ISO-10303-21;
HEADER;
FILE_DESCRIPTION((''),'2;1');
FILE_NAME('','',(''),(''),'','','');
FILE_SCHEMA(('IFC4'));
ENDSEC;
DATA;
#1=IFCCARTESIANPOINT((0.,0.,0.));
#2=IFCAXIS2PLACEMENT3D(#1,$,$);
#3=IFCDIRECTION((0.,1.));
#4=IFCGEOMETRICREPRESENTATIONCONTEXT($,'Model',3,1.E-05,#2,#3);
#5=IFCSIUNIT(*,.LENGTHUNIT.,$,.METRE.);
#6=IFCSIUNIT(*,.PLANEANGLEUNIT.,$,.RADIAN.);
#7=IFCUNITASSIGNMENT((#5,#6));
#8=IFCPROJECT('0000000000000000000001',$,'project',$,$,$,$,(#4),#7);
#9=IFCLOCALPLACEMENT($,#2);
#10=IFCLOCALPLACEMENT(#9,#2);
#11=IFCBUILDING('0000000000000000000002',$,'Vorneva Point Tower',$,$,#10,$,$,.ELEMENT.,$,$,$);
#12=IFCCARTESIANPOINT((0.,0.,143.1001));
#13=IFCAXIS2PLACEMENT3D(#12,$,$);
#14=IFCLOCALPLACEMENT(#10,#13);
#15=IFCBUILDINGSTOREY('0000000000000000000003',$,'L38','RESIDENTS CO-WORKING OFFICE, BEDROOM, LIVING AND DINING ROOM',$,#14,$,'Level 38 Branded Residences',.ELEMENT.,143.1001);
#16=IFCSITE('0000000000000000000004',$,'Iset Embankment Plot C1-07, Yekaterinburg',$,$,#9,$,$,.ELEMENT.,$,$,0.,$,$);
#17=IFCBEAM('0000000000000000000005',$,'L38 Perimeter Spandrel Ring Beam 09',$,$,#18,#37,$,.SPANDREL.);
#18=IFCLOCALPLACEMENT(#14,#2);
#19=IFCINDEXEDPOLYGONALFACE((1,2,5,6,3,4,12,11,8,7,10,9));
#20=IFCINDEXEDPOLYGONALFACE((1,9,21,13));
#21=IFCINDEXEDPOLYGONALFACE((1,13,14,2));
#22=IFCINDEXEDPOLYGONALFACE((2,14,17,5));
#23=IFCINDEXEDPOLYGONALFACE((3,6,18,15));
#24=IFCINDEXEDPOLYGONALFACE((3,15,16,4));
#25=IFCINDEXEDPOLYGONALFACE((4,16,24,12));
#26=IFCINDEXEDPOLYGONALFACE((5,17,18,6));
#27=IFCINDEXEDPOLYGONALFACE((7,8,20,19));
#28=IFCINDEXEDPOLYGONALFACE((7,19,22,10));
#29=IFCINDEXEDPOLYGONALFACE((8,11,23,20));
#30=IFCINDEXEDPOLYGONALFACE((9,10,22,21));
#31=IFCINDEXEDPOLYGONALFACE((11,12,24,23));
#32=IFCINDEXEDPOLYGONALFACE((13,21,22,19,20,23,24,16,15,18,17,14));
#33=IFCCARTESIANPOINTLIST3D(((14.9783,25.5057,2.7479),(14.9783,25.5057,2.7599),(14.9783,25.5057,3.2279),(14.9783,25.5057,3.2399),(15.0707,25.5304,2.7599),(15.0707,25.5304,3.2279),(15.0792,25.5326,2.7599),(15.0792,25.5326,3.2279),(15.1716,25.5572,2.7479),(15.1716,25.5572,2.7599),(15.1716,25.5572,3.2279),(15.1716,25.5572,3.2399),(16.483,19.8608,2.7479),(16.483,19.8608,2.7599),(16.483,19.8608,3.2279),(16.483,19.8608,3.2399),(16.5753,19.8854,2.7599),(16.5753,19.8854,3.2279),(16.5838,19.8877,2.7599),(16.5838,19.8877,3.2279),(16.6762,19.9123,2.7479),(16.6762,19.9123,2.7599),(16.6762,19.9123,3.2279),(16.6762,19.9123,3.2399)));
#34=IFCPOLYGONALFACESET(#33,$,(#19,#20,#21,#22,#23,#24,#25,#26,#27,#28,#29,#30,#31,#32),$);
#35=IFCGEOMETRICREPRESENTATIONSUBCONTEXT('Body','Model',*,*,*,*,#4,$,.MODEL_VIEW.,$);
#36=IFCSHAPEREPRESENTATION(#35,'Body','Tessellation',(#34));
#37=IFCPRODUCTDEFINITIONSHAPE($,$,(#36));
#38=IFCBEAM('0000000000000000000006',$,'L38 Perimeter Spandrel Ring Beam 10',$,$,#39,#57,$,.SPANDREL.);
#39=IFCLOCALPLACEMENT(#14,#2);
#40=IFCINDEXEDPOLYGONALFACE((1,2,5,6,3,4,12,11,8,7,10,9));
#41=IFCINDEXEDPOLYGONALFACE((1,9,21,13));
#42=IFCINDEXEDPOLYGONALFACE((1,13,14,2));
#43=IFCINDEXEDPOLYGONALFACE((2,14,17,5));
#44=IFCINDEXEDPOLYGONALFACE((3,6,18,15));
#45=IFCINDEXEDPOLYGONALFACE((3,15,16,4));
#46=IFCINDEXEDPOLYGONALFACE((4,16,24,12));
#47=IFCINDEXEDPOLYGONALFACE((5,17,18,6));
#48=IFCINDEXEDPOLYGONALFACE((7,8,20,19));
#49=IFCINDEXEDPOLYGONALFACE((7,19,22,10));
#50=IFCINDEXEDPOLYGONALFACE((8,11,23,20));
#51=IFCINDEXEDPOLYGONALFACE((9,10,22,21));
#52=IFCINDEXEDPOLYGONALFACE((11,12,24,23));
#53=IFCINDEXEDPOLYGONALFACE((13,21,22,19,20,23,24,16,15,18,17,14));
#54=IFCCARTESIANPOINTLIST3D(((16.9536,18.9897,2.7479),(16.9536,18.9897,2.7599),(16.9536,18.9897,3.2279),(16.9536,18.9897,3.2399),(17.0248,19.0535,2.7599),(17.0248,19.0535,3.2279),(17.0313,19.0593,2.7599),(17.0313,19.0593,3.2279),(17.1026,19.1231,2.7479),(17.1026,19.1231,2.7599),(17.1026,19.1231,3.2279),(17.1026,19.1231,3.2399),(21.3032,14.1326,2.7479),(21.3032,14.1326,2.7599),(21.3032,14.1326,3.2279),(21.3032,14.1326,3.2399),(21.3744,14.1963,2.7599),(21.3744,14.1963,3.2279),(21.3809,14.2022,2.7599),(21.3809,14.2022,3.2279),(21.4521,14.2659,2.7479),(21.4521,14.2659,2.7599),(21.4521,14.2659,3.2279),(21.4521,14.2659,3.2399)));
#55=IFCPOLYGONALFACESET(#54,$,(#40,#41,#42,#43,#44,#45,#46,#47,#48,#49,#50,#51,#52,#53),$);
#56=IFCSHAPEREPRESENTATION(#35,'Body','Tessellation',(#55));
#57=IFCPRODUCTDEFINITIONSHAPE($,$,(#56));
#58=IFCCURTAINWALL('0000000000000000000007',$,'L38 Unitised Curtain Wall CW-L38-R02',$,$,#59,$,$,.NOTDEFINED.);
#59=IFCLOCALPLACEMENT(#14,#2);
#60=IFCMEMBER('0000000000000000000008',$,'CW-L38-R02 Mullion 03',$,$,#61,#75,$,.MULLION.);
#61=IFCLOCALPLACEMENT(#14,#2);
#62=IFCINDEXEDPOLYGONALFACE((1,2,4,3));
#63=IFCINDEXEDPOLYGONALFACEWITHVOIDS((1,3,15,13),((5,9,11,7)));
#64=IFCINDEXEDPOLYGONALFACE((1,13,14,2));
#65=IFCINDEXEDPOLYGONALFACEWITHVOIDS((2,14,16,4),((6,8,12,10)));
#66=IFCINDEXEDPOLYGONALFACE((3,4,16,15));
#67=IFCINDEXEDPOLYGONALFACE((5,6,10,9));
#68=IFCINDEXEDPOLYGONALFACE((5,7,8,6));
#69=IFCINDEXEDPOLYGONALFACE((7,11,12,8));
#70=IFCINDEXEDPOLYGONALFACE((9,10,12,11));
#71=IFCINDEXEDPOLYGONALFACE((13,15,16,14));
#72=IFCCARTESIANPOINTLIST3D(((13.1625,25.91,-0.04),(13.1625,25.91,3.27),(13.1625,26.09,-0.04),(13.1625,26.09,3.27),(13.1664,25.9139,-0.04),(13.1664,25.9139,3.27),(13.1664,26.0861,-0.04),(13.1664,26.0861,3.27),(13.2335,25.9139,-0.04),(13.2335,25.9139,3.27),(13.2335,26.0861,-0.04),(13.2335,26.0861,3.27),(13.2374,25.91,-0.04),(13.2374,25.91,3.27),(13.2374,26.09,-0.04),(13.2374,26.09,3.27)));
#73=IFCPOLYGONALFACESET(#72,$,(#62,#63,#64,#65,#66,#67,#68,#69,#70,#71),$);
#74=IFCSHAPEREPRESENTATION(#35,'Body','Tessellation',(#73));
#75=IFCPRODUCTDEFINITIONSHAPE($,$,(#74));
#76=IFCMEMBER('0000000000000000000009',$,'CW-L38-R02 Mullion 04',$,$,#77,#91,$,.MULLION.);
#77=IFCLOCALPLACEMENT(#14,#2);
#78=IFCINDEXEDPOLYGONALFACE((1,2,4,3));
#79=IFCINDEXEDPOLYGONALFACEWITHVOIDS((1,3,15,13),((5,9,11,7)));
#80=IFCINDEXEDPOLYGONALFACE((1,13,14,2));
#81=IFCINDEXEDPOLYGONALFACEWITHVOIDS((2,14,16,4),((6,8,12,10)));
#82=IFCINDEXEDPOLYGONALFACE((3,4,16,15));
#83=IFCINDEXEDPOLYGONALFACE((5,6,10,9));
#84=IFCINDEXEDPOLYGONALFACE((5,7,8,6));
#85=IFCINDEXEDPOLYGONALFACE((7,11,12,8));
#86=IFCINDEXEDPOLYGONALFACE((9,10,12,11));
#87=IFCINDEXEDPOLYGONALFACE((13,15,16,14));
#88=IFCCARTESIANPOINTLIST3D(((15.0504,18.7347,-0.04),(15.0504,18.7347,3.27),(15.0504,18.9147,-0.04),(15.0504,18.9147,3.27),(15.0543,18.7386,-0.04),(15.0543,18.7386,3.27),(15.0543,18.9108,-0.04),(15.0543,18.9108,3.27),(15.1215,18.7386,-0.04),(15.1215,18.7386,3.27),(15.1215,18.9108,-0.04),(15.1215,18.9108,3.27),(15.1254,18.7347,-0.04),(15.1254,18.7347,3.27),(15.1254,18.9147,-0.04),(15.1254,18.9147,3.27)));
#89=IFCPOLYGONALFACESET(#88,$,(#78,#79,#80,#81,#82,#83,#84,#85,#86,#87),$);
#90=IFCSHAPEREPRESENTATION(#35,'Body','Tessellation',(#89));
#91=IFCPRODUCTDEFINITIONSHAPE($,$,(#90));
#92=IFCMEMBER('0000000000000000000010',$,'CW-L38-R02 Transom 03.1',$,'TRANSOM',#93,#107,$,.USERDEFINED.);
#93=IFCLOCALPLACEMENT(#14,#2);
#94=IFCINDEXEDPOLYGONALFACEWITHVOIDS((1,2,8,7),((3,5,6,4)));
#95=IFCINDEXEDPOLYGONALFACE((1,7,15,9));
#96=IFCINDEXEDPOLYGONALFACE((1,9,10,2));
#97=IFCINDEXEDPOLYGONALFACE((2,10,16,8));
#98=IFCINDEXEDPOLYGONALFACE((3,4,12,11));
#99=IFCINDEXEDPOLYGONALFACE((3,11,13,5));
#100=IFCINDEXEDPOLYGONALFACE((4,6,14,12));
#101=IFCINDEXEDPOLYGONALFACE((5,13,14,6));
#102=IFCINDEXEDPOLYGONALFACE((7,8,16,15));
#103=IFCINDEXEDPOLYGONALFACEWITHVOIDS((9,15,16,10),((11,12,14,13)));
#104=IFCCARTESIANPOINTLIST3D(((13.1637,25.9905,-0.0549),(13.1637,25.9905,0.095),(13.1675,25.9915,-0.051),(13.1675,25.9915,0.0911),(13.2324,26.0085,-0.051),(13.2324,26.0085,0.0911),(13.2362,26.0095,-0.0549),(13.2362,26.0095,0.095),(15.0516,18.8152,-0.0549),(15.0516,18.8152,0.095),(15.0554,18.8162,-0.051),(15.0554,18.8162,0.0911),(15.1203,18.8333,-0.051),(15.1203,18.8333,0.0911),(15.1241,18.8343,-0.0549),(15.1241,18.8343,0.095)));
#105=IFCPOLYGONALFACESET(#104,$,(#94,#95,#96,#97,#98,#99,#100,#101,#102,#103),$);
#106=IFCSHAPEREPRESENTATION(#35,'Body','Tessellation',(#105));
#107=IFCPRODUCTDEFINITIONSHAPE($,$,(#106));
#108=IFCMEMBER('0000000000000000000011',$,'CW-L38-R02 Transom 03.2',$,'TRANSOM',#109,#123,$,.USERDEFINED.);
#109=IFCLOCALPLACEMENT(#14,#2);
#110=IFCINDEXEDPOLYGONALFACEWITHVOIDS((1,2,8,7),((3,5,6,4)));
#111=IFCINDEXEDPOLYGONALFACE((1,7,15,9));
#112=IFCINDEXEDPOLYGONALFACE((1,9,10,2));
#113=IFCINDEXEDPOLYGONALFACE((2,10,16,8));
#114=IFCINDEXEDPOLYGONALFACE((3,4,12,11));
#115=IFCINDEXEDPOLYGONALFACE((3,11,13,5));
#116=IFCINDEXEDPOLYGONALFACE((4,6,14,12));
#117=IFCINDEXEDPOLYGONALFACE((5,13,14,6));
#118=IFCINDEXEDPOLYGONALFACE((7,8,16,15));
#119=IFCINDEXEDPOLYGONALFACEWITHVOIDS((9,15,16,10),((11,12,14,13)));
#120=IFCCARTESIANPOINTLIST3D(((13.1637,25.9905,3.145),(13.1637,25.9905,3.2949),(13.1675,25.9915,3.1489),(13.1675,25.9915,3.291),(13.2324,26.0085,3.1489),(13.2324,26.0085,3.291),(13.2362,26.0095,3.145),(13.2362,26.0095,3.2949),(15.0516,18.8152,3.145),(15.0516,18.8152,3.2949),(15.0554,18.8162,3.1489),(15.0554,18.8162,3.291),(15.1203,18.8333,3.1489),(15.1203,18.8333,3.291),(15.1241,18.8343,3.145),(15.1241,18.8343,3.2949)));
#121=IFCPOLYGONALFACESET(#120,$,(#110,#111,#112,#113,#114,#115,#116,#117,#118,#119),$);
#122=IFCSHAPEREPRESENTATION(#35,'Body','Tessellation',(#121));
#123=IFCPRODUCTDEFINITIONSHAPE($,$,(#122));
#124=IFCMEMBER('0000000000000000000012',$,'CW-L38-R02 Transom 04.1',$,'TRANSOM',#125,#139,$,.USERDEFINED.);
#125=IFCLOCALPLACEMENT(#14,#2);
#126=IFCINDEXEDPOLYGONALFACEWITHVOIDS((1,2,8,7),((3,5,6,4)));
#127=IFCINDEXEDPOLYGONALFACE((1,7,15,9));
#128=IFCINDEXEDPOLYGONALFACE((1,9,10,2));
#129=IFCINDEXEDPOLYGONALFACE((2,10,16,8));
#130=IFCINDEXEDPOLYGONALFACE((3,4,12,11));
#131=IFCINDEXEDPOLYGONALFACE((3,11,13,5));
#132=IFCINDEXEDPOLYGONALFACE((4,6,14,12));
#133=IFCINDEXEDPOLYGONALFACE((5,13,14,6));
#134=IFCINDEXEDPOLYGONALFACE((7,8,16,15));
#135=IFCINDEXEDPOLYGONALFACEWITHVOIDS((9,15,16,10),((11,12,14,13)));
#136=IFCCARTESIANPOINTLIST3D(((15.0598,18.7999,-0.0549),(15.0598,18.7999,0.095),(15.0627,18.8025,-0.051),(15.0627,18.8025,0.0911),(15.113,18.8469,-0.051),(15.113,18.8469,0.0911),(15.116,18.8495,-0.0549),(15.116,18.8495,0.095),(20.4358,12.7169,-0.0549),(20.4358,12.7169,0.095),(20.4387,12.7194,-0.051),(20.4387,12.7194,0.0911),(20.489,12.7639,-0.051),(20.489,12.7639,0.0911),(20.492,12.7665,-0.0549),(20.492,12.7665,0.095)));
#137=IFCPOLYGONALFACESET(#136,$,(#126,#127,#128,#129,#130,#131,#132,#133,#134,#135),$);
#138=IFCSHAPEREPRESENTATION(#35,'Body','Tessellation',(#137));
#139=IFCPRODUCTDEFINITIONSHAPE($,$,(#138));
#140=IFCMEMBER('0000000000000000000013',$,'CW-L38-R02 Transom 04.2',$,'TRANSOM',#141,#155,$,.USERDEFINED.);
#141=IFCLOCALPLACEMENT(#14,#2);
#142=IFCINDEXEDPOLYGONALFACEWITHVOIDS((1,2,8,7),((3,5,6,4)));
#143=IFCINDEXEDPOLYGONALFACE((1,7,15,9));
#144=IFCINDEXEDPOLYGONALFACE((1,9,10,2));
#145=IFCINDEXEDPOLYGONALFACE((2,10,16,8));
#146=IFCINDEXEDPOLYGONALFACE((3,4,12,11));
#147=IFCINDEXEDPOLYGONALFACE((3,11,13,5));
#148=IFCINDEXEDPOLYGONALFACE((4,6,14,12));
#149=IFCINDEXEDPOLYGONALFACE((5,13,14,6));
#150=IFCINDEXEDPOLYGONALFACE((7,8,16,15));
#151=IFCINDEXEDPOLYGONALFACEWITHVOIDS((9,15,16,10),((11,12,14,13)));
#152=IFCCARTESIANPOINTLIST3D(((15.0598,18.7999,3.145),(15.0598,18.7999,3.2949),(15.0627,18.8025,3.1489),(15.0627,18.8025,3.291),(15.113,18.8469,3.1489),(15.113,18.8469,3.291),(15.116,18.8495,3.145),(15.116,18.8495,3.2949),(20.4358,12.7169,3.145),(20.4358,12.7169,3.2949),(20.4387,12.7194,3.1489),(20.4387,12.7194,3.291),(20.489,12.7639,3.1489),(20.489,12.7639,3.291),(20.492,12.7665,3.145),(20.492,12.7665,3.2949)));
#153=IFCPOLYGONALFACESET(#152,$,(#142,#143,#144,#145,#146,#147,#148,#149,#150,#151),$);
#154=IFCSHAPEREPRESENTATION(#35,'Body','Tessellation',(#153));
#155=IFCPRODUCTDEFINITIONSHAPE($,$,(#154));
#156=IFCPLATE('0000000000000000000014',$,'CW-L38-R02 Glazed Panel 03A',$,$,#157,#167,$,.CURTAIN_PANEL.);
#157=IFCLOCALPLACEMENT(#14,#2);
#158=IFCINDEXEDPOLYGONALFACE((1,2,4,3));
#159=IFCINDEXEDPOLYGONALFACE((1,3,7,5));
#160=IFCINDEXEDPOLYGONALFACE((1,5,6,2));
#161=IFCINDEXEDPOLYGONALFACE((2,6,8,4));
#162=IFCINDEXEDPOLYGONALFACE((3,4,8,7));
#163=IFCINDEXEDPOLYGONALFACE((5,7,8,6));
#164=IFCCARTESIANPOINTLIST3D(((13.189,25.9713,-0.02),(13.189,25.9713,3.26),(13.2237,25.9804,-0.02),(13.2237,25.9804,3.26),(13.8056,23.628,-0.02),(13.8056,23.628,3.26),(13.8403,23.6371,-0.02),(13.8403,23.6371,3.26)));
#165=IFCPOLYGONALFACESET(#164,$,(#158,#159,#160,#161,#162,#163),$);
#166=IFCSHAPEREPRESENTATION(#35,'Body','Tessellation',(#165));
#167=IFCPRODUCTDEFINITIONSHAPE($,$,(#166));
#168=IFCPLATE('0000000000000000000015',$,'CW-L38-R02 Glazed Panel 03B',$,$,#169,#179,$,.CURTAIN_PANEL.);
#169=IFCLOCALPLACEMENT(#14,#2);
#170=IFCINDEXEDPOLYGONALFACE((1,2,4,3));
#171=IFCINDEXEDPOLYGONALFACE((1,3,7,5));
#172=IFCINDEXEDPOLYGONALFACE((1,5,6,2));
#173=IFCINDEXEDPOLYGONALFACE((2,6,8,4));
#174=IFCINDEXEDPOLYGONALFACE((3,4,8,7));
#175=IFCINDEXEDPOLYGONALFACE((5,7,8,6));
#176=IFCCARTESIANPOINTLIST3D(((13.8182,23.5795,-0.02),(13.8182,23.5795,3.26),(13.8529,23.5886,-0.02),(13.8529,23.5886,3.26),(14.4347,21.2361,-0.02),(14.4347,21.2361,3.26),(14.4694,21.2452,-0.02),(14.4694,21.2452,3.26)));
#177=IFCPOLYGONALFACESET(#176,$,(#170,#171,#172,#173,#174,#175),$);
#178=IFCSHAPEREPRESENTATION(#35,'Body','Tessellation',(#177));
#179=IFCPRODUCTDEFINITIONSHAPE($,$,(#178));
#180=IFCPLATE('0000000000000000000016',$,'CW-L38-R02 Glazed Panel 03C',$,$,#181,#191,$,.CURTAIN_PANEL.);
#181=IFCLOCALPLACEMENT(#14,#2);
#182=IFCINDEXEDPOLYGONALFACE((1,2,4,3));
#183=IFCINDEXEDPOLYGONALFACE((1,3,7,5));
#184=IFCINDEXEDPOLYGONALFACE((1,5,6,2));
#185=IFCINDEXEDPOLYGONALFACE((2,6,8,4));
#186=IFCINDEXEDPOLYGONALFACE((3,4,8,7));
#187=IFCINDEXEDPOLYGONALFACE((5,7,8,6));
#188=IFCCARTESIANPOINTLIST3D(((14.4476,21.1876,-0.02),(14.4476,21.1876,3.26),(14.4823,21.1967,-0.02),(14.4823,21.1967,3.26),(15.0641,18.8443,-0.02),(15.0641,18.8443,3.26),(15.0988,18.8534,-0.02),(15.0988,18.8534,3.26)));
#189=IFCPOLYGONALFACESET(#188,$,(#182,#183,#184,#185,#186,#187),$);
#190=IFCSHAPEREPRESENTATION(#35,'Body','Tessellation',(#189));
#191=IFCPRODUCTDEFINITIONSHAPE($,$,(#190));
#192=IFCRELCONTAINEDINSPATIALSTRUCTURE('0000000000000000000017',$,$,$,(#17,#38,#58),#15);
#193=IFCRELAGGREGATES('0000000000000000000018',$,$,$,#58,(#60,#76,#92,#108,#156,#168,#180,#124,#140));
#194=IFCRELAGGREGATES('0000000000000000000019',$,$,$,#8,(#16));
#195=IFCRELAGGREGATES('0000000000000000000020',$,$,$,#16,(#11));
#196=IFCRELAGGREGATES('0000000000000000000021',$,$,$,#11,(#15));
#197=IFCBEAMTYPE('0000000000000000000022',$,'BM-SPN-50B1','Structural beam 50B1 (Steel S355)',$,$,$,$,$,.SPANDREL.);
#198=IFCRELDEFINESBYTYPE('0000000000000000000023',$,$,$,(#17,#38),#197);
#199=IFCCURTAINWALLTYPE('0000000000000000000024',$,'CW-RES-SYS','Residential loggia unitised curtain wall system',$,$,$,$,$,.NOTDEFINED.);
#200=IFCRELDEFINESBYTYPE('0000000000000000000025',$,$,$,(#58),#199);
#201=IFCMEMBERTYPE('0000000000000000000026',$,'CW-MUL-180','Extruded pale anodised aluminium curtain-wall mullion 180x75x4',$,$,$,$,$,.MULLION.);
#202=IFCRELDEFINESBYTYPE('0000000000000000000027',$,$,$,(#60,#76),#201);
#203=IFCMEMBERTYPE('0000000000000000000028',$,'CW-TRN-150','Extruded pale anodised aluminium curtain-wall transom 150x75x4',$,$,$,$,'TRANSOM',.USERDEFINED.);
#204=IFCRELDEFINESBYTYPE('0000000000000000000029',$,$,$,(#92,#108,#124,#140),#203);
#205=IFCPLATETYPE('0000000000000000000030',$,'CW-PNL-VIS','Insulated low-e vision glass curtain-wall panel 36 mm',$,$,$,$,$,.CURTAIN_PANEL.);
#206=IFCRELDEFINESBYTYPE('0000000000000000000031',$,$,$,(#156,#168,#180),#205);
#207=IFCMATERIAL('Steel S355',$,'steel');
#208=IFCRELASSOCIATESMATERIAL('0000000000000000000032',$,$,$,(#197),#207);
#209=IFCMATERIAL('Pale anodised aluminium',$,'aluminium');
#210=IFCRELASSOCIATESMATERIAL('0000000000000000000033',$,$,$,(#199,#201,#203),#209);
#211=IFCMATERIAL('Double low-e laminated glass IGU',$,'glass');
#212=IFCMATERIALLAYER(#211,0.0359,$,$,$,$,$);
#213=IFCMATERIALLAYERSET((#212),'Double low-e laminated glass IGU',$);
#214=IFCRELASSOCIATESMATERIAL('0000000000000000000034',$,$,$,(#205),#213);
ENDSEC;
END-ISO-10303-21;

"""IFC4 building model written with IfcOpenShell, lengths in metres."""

from ifc_helpers import new_model, si_unit, direction, frame, origin, origin_2d, place, context, subcontext, project, spatial, rectangle, hollow_rectangle, i_section, extrude, material, layer, layer_set, material_profile, profile_set, type_object, element, aggregate, save


model = new_model("IFC4")

# Units and contexts
model_context = context("Model", 3, precision=1e-05, world=origin(), true_north=direction((0.0, 1.0)))
body_context = subcontext(model_context, "Body", "Model", "MODEL_VIEW")
ifc_project = project(units=[si_unit("LENGTHUNIT", "METRE"), si_unit("PLANEANGLEUNIT", "RADIAN")], contexts=[model_context])

# Site, building, storey
site_placement = place(None, origin())
site = spatial("IfcSite", under=ifc_project, at=site_placement, Name="Iset Embankment Plot C1-07, Yekaterinburg", CompositionType="ELEMENT", RefElevation=0.0)
building_placement = place(site_placement, origin())
building = spatial("IfcBuilding", under=site, at=building_placement, Name="Vorneva Point Tower", CompositionType="ELEMENT")
storey_placement = place(building_placement, frame((0.0, 0.0, 143.1001)))
storey = spatial("IfcBuildingStorey", under=building, at=storey_placement, Name="L38", Description="RESIDENTS CO-WORKING OFFICE, BEDROOM, LIVING AND DINING ROOM", LongName="Level 38 Branded Residences", CompositionType="ELEMENT", Elevation=143.1001)

# Beams
ifc_material_1 = material(Name="Steel S355", Category="steel")
ifc_material_profile_1 = material_profile(ifc_material_1, i_section(OverallWidth=0.2, OverallDepth=0.4919, WebThickness=0.0088, FlangeThickness=0.012, at=origin_2d()), Name="50B1")
ifc_profile_set_1 = profile_set([ifc_material_profile_1], Name="Steel S355")
beam_type_1 = type_object("IfcBeamType", Name="BM-SPN-50B1", Description="Structural beam 50B1 (Steel S355)", PredefinedType="SPANDREL", material=ifc_profile_set_1)
beam_1_placement = place(storey_placement, frame((15.075, 25.5315, 2.9939), z_axis=(0.257551, -0.966265, 0.0), x_axis=(0.966265, 0.257551, 0.0)))
element("IfcBeam", 1, at=beam_1_placement, inside=storey, type_object=beam_type_1, Name="L38 Perimeter Spandrel Ring Beam 09", PredefinedType="SPANDREL", context=body_context, shape_type="SweptSolid", body=[
    extrude(i_section(OverallWidth=0.2, OverallDepth=0.4919, WebThickness=0.0088, FlangeThickness=0.012, at=origin_2d()), origin(), (0.0, 0.0, 1.0), 5.842),
])
beam_2_placement = place(storey_placement, frame((17.0281, 19.0564, 2.9939), z_axis=(0.667111, -0.744958, 0.0), x_axis=(0.744958, 0.667111, 0.0)))
element("IfcBeam", 2, at=beam_2_placement, inside=storey, type_object=beam_type_1, Name="L38 Perimeter Spandrel Ring Beam 10", PredefinedType="SPANDREL", context=body_context, shape_type="SweptSolid", body=[
    extrude(i_section(OverallWidth=0.2, OverallDepth=0.4919, WebThickness=0.0088, FlangeThickness=0.012, at=origin_2d()), origin(), (0.0, 0.0, 1.0), 6.52),
])

# Curtain wall, members, plates
ifc_material_2 = material(Name="Pale anodised aluminium", Category="aluminium")
curtain_wall_type = type_object("IfcCurtainWallType", Name="CW-RES-SYS", Description="Residential loggia unitised curtain wall system", PredefinedType="NOTDEFINED", material=ifc_material_2)
curtain_wall_placement = place(storey_placement, origin())
curtain_wall = element("IfcCurtainWall", 3, at=curtain_wall_placement, inside=storey, type_object=curtain_wall_type, Name="L38 Unitised Curtain Wall CW-L38-R02", PredefinedType="NOTDEFINED")
ifc_material_profile_2 = material_profile(ifc_material_2, hollow_rectangle(XDim=0.075, YDim=0.1799, WallThickness=0.0039, at=origin_2d()), Name="AL-MUL 180x75x4")
ifc_profile_set_2 = profile_set([ifc_material_profile_2], Name="Pale anodised aluminium")
member_type_1 = type_object("IfcMemberType", Name="CW-MUL-180", Description="Extruded pale anodised aluminium curtain-wall mullion 180x75x4", PredefinedType="MULLION", material=ifc_profile_set_2)
member_1_placement = place(storey_placement, frame((13.2, 26.0, -0.04), z_axis=(0.0, 0.0, 1.0), x_axis=(1.0, 0.0, 0.0)))
member_1 = element("IfcMember", 4, at=member_1_placement, type_object=member_type_1, Name="CW-L38-R02 Mullion 03", PredefinedType="MULLION", context=body_context, shape_type="SweptSolid", body=[
    extrude(hollow_rectangle(XDim=0.075, YDim=0.1799, WallThickness=0.0039, at=origin_2d()), origin(), (0.0, 0.0, 1.0), 3.3101),
])
member_2_placement = place(storey_placement, frame((15.0879, 18.8247, -0.04), z_axis=(0.0, 0.0, 1.0), x_axis=(1.0, 0.0, 0.0)))
member_2 = element("IfcMember", 5, at=member_2_placement, type_object=member_type_1, Name="CW-L38-R02 Mullion 04", PredefinedType="MULLION", context=body_context, shape_type="SweptSolid", body=[
    extrude(hollow_rectangle(XDim=0.075, YDim=0.1799, WallThickness=0.0039, at=origin_2d()), origin(), (0.0, 0.0, 1.0), 3.3101),
])
ifc_material_profile_3 = material_profile(ifc_material_2, hollow_rectangle(XDim=0.075, YDim=0.1499, WallThickness=0.0039, at=origin_2d()), Name="AL-TRN 150x75x4")
ifc_profile_set_3 = profile_set([ifc_material_profile_3], Name="Pale anodised aluminium")
member_type_2 = type_object("IfcMemberType", Name="CW-TRN-150", Description="Extruded pale anodised aluminium curtain-wall transom 150x75x4", ElementType="TRANSOM", PredefinedType="USERDEFINED", material=ifc_profile_set_3)
member_3_placement = place(storey_placement, frame((13.2, 26.0, 0.02), z_axis=(0.254456, -0.967084, 0.0), x_axis=(0.967084, 0.254456, 0.0)))
member_3 = element("IfcMember", 6, at=member_3_placement, type_object=member_type_2, Name="CW-L38-R02 Transom 03.1", ObjectType="TRANSOM", PredefinedType="USERDEFINED", context=body_context, shape_type="SweptSolid", body=[
    extrude(hollow_rectangle(XDim=0.075, YDim=0.1499, WallThickness=0.0039, at=origin_2d()), origin(), (0.0, 0.0, 1.0), 7.4194),
])
member_4_placement = place(storey_placement, frame((13.2, 26.0, 3.22), z_axis=(0.254456, -0.967084, 0.0), x_axis=(0.967084, 0.254456, 0.0)))
member_4 = element("IfcMember", 7, at=member_4_placement, type_object=member_type_2, Name="CW-L38-R02 Transom 03.2", ObjectType="TRANSOM", PredefinedType="USERDEFINED", context=body_context, shape_type="SweptSolid", body=[
    extrude(hollow_rectangle(XDim=0.075, YDim=0.1499, WallThickness=0.0039, at=origin_2d()), origin(), (0.0, 0.0, 1.0), 7.4194),
])
member_5_placement = place(storey_placement, frame((15.0879, 18.8247, 0.02), z_axis=(0.662218, -0.749311, 0.0), x_axis=(0.749311, 0.662218, 0.0)))
member_5 = element("IfcMember", 8, at=member_5_placement, type_object=member_type_2, Name="CW-L38-R02 Transom 04.1", ObjectType="TRANSOM", PredefinedType="USERDEFINED", context=body_context, shape_type="SweptSolid", body=[
    extrude(hollow_rectangle(XDim=0.075, YDim=0.1499, WallThickness=0.0039, at=origin_2d()), origin(), (0.0, 0.0, 1.0), 8.1182),
])
member_6_placement = place(storey_placement, frame((15.0879, 18.8247, 3.22), z_axis=(0.662218, -0.749311, 0.0), x_axis=(0.749311, 0.662218, 0.0)))
member_6 = element("IfcMember", 9, at=member_6_placement, type_object=member_type_2, Name="CW-L38-R02 Transom 04.2", ObjectType="TRANSOM", PredefinedType="USERDEFINED", context=body_context, shape_type="SweptSolid", body=[
    extrude(hollow_rectangle(XDim=0.075, YDim=0.1499, WallThickness=0.0039, at=origin_2d()), origin(), (0.0, 0.0, 1.0), 8.1182),
])
ifc_material_3 = material(Name="Double low-e laminated glass IGU", Category="glass")
ifc_layer_1 = layer(ifc_material_3, 0.0359)
ifc_layer_set_1 = layer_set([ifc_layer_1], Name="Double low-e laminated glass IGU")
plate_type = type_object("IfcPlateType", Name="CW-PNL-VIS", Description="Insulated low-e vision glass curtain-wall panel 36 mm", PredefinedType="CURTAIN_PANEL", material=ifc_layer_set_1)
plate_1_placement = place(storey_placement, frame((13.5146, 24.8042, -0.02), z_axis=(0.0, 0.0, 1.0), x_axis=(0.254433, -0.96709, 0.0)))
plate_1 = element("IfcPlate", 10, at=plate_1_placement, type_object=plate_type, Name="CW-L38-R02 Glazed Panel 03A", PredefinedType="CURTAIN_PANEL", context=body_context, shape_type="SweptSolid", body=[
    extrude(rectangle(XDim=2.4231, YDim=0.0359, at=origin_2d()), origin(), (0.0, 0.0, 1.0), 3.28),
])
plate_2_placement = place(storey_placement, frame((14.1438, 22.4124, -0.02), z_axis=(0.0, 0.0, 1.0), x_axis=(0.254433, -0.96709, 0.0)))
plate_2 = element("IfcPlate", 11, at=plate_2_placement, type_object=plate_type, Name="CW-L38-R02 Glazed Panel 03B", PredefinedType="CURTAIN_PANEL", context=body_context, shape_type="SweptSolid", body=[
    extrude(rectangle(XDim=2.4231, YDim=0.0359, at=origin_2d()), origin(), (0.0, 0.0, 1.0), 3.28),
])
plate_3_placement = place(storey_placement, frame((14.7732, 20.0205, -0.02), z_axis=(0.0, 0.0, 1.0), x_axis=(0.254433, -0.96709, 0.0)))
plate_3 = element("IfcPlate", 12, at=plate_3_placement, type_object=plate_type, Name="CW-L38-R02 Glazed Panel 03C", PredefinedType="CURTAIN_PANEL", context=body_context, shape_type="SweptSolid", body=[
    extrude(rectangle(XDim=2.4231, YDim=0.0359, at=origin_2d()), origin(), (0.0, 0.0, 1.0), 3.28),
])
aggregate(curtain_wall, [member_1, member_2, member_3, member_4, plate_1, plate_2, plate_3, member_5, member_6])

save(model, "model.ifc")
